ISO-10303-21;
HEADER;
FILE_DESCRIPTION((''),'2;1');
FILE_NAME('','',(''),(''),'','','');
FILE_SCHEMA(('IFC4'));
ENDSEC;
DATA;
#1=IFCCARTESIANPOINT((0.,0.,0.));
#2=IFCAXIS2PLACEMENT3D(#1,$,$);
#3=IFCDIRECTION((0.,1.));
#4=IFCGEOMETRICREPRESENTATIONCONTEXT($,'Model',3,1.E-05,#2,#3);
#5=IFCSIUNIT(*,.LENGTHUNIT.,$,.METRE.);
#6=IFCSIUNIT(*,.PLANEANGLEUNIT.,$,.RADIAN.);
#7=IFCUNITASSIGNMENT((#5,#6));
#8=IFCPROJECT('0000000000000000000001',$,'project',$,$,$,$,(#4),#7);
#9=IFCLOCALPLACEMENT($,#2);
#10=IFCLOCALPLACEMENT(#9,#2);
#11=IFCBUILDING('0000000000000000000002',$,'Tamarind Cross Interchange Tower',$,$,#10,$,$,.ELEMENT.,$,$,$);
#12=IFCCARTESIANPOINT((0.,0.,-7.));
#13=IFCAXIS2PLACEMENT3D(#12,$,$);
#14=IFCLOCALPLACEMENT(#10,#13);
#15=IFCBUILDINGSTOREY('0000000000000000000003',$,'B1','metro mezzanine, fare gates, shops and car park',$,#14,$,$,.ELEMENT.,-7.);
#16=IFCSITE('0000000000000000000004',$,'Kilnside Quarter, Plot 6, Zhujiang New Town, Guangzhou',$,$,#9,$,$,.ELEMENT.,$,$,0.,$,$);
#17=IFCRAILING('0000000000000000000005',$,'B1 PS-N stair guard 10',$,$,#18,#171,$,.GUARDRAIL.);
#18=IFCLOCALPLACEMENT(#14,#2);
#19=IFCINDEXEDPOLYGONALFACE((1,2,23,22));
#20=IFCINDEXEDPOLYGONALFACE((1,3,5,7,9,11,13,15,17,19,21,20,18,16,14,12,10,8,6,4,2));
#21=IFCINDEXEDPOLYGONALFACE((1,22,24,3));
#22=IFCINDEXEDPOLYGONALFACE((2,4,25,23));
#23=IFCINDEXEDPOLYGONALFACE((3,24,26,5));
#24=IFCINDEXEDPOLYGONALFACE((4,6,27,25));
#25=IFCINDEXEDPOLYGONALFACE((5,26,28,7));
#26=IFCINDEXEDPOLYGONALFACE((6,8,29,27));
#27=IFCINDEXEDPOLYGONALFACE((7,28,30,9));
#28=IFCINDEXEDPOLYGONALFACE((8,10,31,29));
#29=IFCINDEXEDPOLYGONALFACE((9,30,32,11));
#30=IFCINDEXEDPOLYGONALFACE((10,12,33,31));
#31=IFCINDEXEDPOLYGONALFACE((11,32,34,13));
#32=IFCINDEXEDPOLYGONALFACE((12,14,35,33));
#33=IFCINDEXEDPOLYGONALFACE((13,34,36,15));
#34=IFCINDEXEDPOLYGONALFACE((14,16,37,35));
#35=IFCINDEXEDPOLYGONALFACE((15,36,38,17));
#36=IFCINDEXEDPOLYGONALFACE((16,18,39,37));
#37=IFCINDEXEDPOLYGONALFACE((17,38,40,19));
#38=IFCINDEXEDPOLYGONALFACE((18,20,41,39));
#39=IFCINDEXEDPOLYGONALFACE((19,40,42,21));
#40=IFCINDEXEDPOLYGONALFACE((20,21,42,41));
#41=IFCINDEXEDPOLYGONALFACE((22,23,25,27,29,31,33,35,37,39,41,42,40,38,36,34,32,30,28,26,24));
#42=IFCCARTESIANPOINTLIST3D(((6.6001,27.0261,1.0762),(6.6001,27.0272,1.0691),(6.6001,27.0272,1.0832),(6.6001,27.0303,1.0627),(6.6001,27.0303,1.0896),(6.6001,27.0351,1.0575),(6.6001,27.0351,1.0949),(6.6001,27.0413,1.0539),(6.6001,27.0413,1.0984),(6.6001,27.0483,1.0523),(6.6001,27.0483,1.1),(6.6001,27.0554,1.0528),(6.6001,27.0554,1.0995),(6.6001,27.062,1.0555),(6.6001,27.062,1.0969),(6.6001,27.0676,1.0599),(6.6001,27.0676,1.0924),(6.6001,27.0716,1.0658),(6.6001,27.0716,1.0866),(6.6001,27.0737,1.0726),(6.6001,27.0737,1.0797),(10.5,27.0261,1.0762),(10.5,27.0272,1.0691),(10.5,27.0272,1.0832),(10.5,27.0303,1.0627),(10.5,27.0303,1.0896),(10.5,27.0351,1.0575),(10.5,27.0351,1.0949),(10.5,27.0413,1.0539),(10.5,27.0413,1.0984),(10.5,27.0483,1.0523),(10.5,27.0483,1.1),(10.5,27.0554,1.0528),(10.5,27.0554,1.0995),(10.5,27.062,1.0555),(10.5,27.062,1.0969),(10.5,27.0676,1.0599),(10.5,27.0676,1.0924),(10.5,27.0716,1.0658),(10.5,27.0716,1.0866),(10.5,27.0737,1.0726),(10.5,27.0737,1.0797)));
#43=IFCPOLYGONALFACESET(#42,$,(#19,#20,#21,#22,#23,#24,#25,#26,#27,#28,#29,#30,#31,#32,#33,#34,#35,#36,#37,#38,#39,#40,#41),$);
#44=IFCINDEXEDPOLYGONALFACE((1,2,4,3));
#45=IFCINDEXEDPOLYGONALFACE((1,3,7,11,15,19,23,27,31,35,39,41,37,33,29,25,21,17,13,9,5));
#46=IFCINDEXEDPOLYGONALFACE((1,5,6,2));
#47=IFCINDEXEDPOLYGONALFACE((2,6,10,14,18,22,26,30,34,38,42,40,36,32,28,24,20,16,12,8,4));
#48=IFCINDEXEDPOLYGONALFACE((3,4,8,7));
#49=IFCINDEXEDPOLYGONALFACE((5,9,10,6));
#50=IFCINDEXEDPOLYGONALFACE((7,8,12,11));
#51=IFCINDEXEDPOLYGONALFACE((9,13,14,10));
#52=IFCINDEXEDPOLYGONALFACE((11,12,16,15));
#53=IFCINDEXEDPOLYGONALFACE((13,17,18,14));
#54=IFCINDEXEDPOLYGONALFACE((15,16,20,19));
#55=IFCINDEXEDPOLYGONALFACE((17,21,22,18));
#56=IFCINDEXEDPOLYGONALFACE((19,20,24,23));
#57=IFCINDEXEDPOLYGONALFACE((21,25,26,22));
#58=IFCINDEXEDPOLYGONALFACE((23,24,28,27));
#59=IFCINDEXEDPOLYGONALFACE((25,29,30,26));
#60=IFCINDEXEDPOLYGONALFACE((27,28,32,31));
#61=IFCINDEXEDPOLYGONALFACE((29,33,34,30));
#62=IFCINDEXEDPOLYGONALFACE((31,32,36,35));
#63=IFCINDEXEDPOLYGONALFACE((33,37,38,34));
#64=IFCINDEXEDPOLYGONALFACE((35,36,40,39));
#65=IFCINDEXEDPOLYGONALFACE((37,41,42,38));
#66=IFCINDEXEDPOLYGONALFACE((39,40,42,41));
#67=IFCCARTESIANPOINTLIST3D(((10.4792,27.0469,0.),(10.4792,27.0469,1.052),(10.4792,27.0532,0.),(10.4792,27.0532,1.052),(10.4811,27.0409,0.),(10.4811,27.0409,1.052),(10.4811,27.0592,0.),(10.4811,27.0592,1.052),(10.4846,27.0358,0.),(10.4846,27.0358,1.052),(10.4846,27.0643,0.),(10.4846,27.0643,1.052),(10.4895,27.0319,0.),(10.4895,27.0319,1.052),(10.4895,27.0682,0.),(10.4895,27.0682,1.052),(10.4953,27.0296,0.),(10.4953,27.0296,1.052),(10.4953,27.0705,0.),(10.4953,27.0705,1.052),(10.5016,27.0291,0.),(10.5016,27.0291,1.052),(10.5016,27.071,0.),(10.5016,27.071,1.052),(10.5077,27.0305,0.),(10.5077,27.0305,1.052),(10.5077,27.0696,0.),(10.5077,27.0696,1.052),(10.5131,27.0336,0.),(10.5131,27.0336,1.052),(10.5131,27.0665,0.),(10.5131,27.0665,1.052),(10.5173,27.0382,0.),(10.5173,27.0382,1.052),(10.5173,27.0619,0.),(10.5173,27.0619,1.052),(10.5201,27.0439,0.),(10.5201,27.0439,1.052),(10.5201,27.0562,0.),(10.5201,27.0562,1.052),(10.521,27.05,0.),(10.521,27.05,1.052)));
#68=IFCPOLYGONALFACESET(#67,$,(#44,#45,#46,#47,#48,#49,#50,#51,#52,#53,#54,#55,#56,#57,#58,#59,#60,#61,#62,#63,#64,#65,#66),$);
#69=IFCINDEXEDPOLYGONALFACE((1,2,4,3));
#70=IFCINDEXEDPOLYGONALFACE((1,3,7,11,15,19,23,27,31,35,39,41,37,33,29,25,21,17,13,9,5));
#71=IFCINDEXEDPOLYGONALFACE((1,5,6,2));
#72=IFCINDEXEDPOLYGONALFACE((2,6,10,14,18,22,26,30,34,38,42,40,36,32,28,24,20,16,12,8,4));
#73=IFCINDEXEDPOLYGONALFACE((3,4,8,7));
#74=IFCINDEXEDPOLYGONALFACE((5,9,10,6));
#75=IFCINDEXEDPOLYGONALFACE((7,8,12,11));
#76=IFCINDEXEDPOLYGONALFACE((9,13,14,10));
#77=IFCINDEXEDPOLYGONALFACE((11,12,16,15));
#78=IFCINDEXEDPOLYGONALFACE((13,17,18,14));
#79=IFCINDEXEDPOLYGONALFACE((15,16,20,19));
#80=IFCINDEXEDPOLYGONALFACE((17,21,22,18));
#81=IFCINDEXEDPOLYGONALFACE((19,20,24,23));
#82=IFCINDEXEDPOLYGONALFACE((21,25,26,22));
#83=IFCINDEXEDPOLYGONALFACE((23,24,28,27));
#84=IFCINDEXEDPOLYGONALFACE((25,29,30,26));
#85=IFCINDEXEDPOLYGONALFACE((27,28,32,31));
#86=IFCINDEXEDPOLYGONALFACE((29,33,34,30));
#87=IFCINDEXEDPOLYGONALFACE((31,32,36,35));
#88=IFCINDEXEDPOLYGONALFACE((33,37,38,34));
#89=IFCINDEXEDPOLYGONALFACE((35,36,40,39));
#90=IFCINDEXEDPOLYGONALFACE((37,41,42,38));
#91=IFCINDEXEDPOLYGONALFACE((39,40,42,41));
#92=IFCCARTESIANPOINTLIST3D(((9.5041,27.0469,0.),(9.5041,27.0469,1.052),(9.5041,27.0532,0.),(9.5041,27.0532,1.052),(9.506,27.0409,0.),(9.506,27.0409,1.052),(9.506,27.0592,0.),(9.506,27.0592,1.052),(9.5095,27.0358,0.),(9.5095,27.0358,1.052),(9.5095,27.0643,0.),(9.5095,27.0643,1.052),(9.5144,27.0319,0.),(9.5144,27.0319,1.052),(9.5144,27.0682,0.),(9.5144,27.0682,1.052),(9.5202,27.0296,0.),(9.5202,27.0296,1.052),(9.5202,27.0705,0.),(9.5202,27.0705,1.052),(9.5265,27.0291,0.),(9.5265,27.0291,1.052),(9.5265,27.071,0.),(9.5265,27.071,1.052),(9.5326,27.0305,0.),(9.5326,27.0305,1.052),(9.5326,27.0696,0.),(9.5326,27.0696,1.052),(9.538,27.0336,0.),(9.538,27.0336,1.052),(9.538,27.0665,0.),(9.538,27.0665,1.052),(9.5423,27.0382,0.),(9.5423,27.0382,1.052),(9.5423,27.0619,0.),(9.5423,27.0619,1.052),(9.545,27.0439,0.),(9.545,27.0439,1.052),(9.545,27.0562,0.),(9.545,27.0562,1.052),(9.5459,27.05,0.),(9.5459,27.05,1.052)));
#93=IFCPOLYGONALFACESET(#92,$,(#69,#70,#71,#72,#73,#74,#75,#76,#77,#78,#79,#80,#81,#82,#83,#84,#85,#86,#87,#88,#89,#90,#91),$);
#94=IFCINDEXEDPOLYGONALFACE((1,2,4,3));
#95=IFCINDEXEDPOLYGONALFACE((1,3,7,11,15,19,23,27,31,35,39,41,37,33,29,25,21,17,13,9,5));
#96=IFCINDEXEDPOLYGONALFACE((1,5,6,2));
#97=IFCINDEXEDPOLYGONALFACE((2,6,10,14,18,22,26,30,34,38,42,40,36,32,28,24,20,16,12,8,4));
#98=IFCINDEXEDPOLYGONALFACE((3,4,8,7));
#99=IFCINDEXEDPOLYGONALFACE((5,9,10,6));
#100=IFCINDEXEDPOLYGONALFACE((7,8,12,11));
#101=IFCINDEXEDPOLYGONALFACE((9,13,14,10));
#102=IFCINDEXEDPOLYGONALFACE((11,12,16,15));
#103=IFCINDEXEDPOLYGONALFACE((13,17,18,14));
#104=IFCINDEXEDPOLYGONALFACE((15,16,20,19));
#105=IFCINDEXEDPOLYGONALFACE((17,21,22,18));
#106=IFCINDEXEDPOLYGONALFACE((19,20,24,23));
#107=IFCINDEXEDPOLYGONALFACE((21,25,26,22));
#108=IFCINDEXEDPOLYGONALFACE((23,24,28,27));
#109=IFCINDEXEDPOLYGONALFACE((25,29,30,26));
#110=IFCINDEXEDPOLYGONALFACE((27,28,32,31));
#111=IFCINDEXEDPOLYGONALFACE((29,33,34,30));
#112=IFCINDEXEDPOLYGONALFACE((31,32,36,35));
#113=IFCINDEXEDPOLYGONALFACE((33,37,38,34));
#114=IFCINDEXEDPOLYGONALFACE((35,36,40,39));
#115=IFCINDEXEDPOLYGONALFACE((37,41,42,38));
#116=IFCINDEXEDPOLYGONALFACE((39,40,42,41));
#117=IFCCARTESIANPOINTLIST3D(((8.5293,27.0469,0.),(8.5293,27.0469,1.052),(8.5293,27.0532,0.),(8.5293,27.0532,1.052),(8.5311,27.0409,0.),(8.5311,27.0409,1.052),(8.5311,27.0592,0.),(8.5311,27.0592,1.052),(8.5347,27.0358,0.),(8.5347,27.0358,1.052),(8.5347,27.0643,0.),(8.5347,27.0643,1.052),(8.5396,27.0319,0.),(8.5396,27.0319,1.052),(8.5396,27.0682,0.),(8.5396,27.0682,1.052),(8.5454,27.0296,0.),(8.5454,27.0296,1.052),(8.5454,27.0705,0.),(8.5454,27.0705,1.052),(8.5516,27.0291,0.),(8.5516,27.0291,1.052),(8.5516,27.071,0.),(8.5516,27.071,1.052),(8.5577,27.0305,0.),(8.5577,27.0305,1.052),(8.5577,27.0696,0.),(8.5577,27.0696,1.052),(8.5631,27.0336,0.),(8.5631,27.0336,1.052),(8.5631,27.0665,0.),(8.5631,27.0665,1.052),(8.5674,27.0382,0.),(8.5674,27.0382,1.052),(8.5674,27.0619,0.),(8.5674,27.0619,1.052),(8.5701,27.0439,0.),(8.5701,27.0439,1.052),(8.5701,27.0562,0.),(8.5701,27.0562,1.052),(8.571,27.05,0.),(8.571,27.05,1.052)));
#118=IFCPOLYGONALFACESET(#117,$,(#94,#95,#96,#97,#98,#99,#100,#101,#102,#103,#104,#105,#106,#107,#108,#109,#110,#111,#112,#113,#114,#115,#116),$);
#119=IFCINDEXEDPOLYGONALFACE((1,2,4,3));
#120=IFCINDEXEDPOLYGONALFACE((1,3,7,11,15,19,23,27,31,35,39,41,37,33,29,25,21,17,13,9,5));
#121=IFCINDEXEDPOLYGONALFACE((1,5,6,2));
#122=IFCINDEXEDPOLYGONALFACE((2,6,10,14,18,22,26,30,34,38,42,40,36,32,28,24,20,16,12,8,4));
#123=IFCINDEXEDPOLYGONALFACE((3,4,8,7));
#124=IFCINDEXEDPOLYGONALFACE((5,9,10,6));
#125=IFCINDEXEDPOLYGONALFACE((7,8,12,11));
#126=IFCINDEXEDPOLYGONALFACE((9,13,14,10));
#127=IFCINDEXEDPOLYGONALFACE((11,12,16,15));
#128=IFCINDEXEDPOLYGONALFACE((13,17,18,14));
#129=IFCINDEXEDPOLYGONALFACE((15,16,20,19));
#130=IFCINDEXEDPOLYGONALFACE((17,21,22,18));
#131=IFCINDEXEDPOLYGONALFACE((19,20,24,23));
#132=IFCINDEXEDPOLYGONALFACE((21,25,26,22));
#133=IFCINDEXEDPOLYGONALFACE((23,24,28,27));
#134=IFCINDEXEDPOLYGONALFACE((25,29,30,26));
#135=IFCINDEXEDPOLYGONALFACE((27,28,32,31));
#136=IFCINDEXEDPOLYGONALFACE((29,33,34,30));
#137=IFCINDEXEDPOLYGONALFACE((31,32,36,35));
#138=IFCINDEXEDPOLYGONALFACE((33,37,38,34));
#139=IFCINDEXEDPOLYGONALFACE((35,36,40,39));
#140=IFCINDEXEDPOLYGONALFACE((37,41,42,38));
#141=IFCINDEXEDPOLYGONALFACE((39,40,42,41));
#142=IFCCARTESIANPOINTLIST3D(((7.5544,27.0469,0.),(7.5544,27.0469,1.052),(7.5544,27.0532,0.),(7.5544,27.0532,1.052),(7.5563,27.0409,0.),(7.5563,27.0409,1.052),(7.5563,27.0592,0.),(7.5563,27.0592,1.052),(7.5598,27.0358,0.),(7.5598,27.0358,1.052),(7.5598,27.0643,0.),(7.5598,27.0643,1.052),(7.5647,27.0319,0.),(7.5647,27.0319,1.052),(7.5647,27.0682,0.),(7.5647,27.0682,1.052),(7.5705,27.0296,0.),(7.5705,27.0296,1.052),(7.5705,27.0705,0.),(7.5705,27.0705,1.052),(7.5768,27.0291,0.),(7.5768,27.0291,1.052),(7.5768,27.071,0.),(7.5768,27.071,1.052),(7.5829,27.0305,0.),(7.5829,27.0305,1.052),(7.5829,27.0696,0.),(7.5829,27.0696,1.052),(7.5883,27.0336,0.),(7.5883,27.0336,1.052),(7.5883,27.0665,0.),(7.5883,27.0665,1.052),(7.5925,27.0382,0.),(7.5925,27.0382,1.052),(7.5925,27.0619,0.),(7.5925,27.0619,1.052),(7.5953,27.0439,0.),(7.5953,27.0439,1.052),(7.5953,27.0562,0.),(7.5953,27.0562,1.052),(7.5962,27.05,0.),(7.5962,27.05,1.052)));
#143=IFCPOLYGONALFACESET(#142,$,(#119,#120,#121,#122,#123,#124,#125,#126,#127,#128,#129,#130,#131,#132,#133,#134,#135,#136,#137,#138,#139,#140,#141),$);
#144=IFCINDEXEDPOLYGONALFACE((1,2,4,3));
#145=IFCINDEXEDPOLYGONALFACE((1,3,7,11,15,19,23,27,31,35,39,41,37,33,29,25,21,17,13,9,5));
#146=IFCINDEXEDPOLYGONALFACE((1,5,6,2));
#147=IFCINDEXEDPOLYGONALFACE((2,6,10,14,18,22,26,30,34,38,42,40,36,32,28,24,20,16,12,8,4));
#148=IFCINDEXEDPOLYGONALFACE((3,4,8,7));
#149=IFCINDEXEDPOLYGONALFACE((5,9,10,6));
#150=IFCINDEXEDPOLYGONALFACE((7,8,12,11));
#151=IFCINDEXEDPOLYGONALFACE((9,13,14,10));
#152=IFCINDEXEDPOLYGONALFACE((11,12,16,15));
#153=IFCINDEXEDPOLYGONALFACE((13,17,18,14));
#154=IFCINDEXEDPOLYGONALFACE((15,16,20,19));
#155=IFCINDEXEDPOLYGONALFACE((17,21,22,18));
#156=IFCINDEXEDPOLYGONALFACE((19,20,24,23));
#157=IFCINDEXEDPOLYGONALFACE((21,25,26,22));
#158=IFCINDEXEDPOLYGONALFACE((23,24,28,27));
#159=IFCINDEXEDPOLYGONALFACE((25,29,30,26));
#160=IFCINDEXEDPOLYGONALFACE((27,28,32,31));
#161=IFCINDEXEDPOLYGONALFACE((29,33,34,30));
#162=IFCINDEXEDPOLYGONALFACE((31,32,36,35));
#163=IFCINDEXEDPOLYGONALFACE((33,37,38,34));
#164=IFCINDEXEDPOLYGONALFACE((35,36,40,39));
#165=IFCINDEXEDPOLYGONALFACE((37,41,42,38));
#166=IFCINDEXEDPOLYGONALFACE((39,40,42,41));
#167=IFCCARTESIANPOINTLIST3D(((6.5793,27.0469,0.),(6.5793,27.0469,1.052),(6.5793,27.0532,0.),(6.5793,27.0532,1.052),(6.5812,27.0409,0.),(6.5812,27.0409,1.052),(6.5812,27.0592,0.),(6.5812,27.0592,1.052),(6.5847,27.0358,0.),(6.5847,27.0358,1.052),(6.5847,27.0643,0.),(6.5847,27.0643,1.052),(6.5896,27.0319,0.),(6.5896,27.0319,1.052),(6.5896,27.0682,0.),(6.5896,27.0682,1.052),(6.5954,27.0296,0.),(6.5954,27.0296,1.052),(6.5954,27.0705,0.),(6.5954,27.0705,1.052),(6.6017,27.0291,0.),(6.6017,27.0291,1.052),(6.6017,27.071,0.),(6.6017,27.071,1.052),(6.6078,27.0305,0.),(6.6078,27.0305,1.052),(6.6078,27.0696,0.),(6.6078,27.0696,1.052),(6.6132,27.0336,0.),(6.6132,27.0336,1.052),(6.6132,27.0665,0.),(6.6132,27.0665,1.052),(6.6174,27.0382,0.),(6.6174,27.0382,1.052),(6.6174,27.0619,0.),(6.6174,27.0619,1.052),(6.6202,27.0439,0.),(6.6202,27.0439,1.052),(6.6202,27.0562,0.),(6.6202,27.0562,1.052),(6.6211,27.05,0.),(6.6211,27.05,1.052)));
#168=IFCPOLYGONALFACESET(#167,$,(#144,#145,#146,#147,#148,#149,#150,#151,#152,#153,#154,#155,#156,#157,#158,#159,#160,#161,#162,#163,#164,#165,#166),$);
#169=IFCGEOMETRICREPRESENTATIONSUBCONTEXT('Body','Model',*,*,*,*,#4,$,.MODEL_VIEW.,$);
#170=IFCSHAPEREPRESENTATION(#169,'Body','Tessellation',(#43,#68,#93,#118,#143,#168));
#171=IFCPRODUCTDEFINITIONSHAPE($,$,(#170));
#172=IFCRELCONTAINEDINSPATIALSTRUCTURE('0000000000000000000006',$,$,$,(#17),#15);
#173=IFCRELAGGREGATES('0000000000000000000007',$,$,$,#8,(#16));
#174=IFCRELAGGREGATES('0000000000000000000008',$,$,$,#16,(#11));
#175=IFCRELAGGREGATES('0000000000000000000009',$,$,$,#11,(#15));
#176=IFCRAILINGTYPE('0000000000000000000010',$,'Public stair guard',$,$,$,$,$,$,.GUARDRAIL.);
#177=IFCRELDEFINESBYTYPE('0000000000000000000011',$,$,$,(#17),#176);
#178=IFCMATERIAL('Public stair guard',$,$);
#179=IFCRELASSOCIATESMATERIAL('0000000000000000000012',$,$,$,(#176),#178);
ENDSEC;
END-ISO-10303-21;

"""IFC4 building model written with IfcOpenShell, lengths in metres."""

from ifc_helpers import new_model, si_unit, direction, frame, origin, origin_2d, place, context, subcontext, project, spatial, circle, extrude, material, type_object, element, save


model = new_model("IFC4")

# Units and contexts
model_context = context("Model", 3, precision=1e-05, world=origin(), true_north=direction((0.0, 1.0)))
body_context = subcontext(model_context, "Body", "Model", "MODEL_VIEW")
ifc_project = project(units=[si_unit("LENGTHUNIT", "METRE"), si_unit("PLANEANGLEUNIT", "RADIAN")], contexts=[model_context])

# Site, building, storey
site_placement = place(None, origin())
site = spatial("IfcSite", under=ifc_project, at=site_placement, Name="Kilnside Quarter, Plot 6, Zhujiang New Town, Guangzhou", CompositionType="ELEMENT", RefElevation=0.0)
building_placement = place(site_placement, origin())
building = spatial("IfcBuilding", under=site, at=building_placement, Name="Tamarind Cross Interchange Tower", CompositionType="ELEMENT")
storey_placement = place(building_placement, frame((0.0, 0.0, -7.0)))
storey = spatial("IfcBuildingStorey", under=building, at=storey_placement, Name="B1", Description="metro mezzanine, fare gates, shops and car park", CompositionType="ELEMENT", Elevation=-7.0)

# Railing
ifc_material_1 = material(Name="Public stair guard")
railing_type_1 = type_object("IfcRailingType", Name="Public stair guard", PredefinedType="GUARDRAIL", material=ifc_material_1)
railing_1_placement = place(storey_placement, frame((10.5, 27.05, 0.0)))
element("IfcRailing", 1, at=railing_1_placement, inside=storey, type_object=railing_type_1, Name="B1 PS-N stair guard 10", PredefinedType="GUARDRAIL", context=body_context, shape_type="SweptSolid", body=[
    extrude(circle(Radius=0.0239, at=origin_2d()), frame((0.0, 0.0, 1.0762), z_axis=(-1.0, 0.0, 0.0), x_axis=(0.0, -1.0, 0.0)), (0.0, 0.0, 1.0), 3.8999),
    extrude(circle(Radius=0.021, at=origin_2d()), origin(), (0.0, 0.0, 1.0), 1.052),
    extrude(circle(Radius=0.021, at=origin_2d()), frame((-0.9751, 0.0, 0.0)), (0.0, 0.0, 1.0), 1.052),
    extrude(circle(Radius=0.021, at=origin_2d()), frame((-1.95, 0.0, 0.0)), (0.0, 0.0, 1.0), 1.052),
    extrude(circle(Radius=0.021, at=origin_2d()), frame((-2.9248, 0.0, 0.0)), (0.0, 0.0, 1.0), 1.052),
    extrude(circle(Radius=0.021, at=origin_2d()), frame((-3.8999, 0.0, 0.0)), (0.0, 0.0, 1.0), 1.052),
])

save(model, "model.ifc")
